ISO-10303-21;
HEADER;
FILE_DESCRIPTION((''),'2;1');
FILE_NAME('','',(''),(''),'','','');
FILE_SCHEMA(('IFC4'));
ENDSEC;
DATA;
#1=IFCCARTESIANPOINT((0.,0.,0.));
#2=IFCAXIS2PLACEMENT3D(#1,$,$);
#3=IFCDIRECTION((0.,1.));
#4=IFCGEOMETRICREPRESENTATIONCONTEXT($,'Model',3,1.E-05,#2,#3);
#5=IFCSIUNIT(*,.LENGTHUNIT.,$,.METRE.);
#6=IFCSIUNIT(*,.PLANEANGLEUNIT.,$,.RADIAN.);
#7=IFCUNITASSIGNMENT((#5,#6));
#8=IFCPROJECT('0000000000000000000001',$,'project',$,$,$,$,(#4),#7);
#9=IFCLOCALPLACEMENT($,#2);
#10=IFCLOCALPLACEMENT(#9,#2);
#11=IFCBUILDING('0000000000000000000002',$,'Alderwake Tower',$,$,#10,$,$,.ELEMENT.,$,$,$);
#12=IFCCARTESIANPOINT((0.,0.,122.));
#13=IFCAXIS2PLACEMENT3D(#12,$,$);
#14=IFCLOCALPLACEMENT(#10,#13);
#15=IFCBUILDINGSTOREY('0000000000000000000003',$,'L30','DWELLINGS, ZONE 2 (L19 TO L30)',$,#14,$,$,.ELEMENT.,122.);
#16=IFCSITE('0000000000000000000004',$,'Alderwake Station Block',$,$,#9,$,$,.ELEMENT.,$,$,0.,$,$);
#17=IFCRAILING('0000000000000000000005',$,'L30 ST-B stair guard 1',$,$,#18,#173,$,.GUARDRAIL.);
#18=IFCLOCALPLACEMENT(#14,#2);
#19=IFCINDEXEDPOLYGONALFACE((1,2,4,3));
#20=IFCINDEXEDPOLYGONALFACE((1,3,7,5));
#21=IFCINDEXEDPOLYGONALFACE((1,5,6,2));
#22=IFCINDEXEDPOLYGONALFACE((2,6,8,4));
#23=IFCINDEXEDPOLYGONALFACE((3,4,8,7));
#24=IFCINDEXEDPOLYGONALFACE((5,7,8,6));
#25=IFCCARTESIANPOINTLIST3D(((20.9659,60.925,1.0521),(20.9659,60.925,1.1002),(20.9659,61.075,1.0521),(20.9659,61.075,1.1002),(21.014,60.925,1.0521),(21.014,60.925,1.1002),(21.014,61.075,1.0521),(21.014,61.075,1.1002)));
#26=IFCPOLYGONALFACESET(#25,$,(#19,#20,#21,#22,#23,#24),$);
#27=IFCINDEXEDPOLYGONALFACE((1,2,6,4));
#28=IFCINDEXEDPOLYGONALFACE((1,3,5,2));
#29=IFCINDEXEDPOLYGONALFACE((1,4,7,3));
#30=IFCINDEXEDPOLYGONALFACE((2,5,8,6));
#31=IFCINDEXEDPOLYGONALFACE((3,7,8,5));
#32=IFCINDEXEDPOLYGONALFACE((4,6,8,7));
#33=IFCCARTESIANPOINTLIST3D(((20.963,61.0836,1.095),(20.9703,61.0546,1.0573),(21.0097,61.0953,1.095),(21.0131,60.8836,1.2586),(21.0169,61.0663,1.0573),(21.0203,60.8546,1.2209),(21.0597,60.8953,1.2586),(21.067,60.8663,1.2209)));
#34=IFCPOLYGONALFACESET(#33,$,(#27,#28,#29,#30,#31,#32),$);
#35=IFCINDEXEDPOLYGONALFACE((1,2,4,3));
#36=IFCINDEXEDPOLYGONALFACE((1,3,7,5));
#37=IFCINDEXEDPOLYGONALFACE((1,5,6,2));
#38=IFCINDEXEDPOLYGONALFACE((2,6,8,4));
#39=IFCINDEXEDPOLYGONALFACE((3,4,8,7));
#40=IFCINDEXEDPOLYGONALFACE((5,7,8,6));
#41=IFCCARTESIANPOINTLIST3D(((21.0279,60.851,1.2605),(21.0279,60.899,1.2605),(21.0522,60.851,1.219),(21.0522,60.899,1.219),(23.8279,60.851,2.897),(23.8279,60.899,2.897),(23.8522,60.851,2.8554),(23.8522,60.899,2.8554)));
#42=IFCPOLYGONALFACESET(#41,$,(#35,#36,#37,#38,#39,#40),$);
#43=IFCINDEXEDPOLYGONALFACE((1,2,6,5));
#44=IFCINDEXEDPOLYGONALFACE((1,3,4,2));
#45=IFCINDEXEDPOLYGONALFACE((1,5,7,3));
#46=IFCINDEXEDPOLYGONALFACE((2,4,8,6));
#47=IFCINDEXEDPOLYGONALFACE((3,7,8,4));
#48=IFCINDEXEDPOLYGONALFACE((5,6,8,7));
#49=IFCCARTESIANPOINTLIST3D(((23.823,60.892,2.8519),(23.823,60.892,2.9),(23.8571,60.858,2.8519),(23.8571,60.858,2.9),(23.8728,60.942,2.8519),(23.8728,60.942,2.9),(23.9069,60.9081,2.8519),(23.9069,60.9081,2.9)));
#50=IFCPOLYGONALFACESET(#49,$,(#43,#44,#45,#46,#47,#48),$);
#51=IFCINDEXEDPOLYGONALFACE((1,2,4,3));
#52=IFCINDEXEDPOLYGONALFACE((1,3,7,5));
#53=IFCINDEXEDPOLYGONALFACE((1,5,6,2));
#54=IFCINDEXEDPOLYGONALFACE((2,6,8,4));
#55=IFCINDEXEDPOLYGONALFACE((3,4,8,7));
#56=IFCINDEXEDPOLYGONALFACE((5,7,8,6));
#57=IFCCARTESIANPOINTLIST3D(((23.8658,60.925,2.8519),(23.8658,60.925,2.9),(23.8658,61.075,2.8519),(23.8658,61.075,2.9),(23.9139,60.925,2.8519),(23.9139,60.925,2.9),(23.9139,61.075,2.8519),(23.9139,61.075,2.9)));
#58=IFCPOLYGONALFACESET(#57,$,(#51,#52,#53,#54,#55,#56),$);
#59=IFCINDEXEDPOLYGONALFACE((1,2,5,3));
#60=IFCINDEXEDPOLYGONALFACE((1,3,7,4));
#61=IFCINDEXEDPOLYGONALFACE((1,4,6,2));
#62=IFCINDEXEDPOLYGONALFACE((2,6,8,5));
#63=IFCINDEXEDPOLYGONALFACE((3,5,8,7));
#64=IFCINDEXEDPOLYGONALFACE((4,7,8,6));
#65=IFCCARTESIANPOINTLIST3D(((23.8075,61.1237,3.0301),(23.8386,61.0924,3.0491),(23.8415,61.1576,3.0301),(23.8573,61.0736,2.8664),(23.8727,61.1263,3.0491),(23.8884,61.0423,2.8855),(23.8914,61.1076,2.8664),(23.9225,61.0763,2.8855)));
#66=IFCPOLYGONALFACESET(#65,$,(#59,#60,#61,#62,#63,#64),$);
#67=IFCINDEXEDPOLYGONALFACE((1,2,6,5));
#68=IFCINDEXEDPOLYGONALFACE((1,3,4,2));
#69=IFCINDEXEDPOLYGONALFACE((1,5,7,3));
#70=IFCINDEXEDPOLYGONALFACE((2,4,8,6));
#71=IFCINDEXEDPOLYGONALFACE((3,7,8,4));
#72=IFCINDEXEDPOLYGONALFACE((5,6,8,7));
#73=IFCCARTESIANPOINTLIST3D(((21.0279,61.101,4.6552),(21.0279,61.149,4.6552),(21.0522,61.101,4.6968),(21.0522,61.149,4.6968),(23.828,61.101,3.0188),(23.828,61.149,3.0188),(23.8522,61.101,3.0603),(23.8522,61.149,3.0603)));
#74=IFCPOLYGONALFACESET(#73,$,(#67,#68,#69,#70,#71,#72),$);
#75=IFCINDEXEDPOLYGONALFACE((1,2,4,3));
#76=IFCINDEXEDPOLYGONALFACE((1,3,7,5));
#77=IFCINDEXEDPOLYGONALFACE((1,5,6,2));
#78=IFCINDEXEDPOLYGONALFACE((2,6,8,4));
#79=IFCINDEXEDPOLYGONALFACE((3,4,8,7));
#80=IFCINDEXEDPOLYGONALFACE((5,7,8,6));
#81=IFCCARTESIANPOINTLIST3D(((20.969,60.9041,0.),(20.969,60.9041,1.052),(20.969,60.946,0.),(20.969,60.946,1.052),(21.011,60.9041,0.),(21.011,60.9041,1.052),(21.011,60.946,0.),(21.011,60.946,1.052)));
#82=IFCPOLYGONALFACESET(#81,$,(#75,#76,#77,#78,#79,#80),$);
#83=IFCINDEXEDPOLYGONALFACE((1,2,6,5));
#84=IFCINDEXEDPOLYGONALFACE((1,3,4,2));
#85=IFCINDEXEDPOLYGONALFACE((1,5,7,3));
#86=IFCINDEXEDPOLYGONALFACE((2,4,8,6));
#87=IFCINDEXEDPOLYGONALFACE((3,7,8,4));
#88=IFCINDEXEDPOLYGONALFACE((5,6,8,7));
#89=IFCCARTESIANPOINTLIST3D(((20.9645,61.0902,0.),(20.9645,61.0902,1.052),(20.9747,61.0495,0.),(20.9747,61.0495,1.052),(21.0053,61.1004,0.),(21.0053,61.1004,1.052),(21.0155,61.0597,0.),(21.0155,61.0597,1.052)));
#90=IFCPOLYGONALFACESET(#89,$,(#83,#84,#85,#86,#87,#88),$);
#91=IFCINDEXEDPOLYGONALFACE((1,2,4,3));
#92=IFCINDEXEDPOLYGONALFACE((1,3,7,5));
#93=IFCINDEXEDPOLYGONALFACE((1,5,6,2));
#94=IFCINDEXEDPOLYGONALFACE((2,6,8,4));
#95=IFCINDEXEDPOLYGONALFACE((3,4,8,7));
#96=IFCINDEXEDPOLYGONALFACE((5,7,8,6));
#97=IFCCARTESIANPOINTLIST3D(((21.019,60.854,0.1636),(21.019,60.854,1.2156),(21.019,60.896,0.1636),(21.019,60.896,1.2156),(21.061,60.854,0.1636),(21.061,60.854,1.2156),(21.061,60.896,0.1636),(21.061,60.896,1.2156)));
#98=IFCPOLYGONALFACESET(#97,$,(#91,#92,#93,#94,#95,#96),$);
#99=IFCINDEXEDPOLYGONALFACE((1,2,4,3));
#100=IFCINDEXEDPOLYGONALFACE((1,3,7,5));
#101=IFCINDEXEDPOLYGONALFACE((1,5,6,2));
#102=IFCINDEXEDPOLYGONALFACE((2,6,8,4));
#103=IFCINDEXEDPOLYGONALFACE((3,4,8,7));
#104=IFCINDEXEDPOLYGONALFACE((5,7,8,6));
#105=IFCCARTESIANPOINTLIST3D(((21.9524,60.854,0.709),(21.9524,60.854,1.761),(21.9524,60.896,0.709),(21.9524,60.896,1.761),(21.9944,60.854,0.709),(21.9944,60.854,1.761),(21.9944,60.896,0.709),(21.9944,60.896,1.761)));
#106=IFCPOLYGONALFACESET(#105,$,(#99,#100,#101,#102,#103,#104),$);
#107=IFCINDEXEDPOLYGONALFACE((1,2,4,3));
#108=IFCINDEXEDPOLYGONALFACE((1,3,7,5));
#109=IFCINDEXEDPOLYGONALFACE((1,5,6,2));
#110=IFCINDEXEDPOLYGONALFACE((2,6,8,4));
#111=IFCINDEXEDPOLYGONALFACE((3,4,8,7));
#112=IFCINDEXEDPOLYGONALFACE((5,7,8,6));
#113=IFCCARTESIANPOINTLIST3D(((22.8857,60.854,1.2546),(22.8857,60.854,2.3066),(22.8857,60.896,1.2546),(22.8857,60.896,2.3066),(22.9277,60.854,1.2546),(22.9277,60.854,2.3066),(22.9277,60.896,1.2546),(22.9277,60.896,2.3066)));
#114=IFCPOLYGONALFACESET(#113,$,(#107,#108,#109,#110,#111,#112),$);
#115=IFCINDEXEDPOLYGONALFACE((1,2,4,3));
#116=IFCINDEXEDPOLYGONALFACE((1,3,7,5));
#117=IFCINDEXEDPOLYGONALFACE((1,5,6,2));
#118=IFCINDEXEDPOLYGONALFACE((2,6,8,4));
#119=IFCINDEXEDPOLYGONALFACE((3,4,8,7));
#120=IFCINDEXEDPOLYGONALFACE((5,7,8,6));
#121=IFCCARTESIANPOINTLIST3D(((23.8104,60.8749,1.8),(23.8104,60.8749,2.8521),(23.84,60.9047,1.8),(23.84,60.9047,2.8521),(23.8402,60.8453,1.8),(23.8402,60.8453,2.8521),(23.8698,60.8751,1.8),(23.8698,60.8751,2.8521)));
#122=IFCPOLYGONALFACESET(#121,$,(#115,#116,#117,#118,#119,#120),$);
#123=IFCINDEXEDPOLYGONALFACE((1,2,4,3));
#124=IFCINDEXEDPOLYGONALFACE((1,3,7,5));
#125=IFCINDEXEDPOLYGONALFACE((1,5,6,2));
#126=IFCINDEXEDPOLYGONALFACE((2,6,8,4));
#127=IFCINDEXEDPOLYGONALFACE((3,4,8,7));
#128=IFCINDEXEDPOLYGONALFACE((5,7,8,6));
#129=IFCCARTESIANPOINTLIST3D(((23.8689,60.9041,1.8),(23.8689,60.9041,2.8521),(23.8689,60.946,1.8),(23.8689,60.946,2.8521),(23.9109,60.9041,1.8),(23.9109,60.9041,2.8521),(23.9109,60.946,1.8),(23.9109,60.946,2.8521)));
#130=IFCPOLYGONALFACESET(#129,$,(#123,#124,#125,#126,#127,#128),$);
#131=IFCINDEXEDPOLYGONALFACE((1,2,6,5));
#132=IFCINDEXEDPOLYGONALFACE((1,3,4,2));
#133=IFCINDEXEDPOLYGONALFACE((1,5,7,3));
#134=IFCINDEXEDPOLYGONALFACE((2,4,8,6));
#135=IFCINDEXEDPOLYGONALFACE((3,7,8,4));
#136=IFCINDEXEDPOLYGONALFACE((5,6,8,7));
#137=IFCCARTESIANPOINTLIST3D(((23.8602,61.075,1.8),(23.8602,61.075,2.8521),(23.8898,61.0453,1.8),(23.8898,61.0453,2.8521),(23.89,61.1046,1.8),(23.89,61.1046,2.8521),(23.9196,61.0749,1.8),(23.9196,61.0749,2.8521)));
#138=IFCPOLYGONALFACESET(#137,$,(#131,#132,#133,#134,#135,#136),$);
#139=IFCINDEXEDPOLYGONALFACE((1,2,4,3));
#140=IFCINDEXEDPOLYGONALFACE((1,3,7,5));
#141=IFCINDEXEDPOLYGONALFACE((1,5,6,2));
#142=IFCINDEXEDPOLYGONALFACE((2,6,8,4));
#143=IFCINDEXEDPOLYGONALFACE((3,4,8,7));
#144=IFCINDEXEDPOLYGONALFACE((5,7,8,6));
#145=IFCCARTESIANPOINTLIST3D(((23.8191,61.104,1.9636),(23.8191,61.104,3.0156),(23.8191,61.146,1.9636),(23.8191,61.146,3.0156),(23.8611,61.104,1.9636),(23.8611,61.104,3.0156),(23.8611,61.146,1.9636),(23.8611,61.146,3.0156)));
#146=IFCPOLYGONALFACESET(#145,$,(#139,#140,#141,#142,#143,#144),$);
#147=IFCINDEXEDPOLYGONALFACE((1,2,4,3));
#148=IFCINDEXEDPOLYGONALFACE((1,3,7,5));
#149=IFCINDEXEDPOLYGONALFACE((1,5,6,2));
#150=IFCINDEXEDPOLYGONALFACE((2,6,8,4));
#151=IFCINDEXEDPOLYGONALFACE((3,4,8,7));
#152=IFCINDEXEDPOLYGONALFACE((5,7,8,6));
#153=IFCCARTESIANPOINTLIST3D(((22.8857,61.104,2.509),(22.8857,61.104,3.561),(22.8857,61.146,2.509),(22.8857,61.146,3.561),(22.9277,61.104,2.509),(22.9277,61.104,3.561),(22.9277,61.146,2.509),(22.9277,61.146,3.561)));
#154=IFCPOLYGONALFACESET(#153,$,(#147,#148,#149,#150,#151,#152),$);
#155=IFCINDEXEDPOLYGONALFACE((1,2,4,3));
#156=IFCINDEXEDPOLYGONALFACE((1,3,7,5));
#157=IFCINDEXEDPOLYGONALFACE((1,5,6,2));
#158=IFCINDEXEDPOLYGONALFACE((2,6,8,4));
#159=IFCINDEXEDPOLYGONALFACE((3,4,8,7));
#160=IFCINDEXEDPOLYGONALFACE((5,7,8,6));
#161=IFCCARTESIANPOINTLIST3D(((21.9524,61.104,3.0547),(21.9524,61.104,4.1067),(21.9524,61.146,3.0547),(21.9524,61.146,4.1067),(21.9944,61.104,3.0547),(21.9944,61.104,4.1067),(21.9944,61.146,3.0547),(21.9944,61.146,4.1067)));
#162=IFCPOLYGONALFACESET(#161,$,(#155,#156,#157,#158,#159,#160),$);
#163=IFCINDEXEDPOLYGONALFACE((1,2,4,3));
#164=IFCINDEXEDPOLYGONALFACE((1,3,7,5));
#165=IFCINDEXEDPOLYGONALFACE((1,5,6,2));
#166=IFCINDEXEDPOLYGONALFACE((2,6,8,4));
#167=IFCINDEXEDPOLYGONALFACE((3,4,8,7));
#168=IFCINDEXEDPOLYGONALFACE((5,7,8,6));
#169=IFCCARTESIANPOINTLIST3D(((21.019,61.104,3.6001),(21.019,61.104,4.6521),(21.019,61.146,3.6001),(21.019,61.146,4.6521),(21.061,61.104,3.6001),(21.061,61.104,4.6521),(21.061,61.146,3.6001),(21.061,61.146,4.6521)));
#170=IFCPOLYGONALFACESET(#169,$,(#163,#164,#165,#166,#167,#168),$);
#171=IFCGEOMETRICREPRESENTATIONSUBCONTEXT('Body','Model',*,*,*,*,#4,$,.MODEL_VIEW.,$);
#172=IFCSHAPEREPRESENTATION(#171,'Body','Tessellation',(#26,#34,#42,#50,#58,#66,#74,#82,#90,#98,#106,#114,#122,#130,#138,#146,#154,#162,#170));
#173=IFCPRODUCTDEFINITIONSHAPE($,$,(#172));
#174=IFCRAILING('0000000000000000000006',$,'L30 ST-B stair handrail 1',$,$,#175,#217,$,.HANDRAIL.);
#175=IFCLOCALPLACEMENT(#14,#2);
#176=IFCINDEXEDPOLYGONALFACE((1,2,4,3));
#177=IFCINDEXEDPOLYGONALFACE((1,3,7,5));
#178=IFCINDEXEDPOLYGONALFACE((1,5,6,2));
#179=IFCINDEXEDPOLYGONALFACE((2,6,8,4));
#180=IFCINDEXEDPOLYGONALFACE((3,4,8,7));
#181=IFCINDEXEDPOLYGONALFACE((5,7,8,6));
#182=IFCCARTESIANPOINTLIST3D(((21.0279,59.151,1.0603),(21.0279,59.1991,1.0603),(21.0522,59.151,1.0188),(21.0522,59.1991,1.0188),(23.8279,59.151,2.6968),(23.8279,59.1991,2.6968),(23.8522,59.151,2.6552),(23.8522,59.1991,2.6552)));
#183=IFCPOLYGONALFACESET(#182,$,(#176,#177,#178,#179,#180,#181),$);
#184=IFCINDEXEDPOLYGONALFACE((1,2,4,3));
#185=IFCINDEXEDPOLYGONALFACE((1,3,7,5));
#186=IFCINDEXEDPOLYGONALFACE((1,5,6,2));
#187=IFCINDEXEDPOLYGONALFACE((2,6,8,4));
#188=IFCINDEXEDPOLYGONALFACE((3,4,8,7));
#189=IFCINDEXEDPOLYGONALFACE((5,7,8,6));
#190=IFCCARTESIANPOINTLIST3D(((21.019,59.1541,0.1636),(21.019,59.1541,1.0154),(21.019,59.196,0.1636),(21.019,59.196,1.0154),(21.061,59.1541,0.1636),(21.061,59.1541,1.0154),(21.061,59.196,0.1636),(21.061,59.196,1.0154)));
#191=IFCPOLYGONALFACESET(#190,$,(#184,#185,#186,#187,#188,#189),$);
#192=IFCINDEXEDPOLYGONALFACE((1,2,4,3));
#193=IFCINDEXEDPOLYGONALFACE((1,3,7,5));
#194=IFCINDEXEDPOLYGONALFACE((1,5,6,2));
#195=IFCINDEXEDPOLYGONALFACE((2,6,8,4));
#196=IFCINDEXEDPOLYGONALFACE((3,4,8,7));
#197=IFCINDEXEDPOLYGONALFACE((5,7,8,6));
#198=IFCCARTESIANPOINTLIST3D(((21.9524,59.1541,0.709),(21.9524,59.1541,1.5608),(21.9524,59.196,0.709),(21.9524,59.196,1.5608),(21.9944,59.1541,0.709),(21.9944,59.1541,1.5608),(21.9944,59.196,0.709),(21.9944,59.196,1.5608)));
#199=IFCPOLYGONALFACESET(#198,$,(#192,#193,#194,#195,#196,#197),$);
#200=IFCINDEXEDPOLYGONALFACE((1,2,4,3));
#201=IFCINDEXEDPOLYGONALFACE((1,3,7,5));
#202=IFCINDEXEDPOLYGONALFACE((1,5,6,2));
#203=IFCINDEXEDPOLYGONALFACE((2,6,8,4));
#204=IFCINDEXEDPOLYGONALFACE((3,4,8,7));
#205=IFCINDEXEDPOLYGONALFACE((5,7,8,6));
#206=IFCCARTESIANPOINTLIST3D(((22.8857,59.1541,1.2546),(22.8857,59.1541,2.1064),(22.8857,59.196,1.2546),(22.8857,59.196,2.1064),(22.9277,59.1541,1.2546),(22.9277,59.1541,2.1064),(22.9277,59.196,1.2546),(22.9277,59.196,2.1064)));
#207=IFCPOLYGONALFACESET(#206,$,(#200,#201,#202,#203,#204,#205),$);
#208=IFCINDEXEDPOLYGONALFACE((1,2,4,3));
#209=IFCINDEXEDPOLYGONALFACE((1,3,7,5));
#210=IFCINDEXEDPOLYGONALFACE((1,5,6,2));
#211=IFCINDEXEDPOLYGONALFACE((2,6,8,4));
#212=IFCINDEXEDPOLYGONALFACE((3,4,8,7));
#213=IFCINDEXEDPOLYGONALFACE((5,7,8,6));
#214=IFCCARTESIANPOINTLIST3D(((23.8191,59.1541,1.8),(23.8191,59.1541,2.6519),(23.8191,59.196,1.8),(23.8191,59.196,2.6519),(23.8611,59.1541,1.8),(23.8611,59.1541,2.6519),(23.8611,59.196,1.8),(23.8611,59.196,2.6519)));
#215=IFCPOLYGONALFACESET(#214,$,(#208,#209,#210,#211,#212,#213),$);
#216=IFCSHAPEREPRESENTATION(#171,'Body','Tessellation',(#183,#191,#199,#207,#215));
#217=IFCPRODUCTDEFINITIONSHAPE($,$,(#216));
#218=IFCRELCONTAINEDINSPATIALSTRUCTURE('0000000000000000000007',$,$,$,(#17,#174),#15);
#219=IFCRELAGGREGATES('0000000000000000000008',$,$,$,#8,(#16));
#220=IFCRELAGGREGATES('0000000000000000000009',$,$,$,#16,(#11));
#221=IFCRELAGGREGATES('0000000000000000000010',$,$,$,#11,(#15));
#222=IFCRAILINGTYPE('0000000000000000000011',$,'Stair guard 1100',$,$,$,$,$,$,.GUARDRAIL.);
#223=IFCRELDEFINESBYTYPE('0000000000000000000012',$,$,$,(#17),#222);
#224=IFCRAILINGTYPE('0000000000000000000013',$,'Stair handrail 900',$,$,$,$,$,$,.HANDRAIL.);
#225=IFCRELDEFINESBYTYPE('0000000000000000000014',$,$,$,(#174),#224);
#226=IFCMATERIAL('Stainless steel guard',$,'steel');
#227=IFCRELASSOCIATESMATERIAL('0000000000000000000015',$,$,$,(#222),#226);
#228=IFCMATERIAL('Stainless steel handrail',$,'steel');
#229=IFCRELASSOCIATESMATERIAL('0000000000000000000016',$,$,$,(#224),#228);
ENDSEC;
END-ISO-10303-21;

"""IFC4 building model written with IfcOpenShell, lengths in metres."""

from ifc_helpers import new_model, si_unit, direction, frame, origin, origin_with_axes, origin_2d, place, context, subcontext, project, spatial, rectangle, extrude, material, type_object, element, save


model = new_model("IFC4")

# Units and contexts
model_context = context("Model", 3, precision=1e-05, world=origin(), true_north=direction((0.0, 1.0)))
body_context = subcontext(model_context, "Body", "Model", "MODEL_VIEW")
ifc_project = project(units=[si_unit("LENGTHUNIT", "METRE"), si_unit("PLANEANGLEUNIT", "RADIAN")], contexts=[model_context])

# Site, building, storey
site_placement = place(None, origin())
site = spatial("IfcSite", under=ifc_project, at=site_placement, Name="Alderwake Station Block", CompositionType="ELEMENT", RefElevation=0.0)
building_placement = place(site_placement, origin())
building = spatial("IfcBuilding", under=site, at=building_placement, Name="Alderwake Tower", CompositionType="ELEMENT")
storey_placement = place(building_placement, frame((0.0, 0.0, 122.0)))
storey = spatial("IfcBuildingStorey", under=building, at=storey_placement, Name="L30", Description="DWELLINGS, ZONE 2 (L19 TO L30)", CompositionType="ELEMENT", Elevation=122.0)

# Railings
ifc_material_1 = material(Name="Stainless steel guard", Category="steel")
railing_type_1 = type_object("IfcRailingType", Name="Stair guard 1100", PredefinedType="GUARDRAIL", material=ifc_material_1)
railing_1_placement = place(storey_placement, frame((20.99, 60.925, 0.0)))
element("IfcRailing", 1, at=railing_1_placement, inside=storey, type_object=railing_type_1, Name="L30 ST-B stair guard 1", PredefinedType="GUARDRAIL", context=body_context, shape_type="SweptSolid", body=[
    extrude(rectangle(XDim=0.0481, YDim=0.0481, at=origin_2d()), frame((0.0, 0.0, 1.0762), z_axis=(0.0, 1.0, 0.0), x_axis=(-1.0, 0.0, 0.0)), (0.0, 0.0, 1.0), 0.1499),
    extrude(rectangle(XDim=0.0481, YDim=0.0481, at=origin_2d()), frame((0.0, 0.1499, 1.0762), z_axis=(0.1902, -0.75987, 0.621628), x_axis=(0.970073, 0.242814, 0.0)), (0.0, 0.0, 1.0), 0.2632),
    extrude(rectangle(XDim=0.0481, YDim=0.0481, at=origin_2d()), frame((0.05, -0.05, 1.2397), z_axis=(0.863361, 0.0, 0.504587), x_axis=(0.0, 1.0, 0.0)), (0.0, 0.0, 1.0), 3.2432),
    extrude(rectangle(XDim=0.0481, YDim=0.0481, at=origin_2d()), frame((2.8501, -0.05, 2.876), z_axis=(0.705376, 0.708834, 0.0), x_axis=(-0.708834, 0.705376, 0.0)), (0.0, 0.0, 1.0), 0.0706),
    extrude(rectangle(XDim=0.0481, YDim=0.0481, at=origin_2d()), frame((2.8999, 0.0, 2.876), z_axis=(0.0, 1.0, 0.0), x_axis=(-1.0, 0.0, 0.0)), (0.0, 0.0, 1.0), 0.1499),
    extrude(rectangle(XDim=0.0481, YDim=0.0481, at=origin_2d()), frame((2.8999, 0.1499, 2.876), z_axis=(-0.279546, 0.280917, 0.918118), x_axis=(-0.708834, -0.705376, 0.0)), (0.0, 0.0, 1.0), 0.1782),
    extrude(rectangle(XDim=0.0481, YDim=0.0481, at=origin_2d()), frame((2.8501, 0.2, 3.0396), z_axis=(-0.863361, 0.0, 0.504587), x_axis=(0.0, -1.0, 0.0)), (0.0, 0.0, 1.0), 3.2432),
    extrude(rectangle(XDim=0.042, YDim=0.042, at=origin_2d()), frame((0.0, 0.0, 0.0), z_axis=(0.0, 0.0, 1.0), x_axis=(0.0, 1.0, 0.0)), (0.0, 0.0, 1.0), 1.052),
    extrude(rectangle(XDim=0.042, YDim=0.042, at=origin_2d()), frame((0.0, 0.1499, 0.0), z_axis=(0.0, 0.0, 1.0), x_axis=(0.242814, -0.970073, 0.0)), (0.0, 0.0, 1.0), 1.052),
    extrude(rectangle(XDim=0.042, YDim=0.042, at=origin_2d()), frame((0.05, -0.05, 0.1636), z_axis=(0.0, 0.0, 1.0), x_axis=(1.0, 0.0, 0.0)), (0.0, 0.0, 1.0), 1.052),
    extrude(rectangle(XDim=0.042, YDim=0.042, at=origin_2d()), frame((0.9834, -0.05, 0.709), z_axis=(0.0, 0.0, 1.0), x_axis=(1.0, 0.0, 0.0)), (0.0, 0.0, 1.0), 1.052),
    extrude(rectangle(XDim=0.042, YDim=0.042, at=origin_2d()), frame((1.9167, -0.05, 1.2546), z_axis=(0.0, 0.0, 1.0), x_axis=(1.0, 0.0, 0.0)), (0.0, 0.0, 1.0), 1.052),
    extrude(rectangle(XDim=0.042, YDim=0.042, at=origin_2d()), frame((2.8501, -0.05, 1.8), z_axis=(0.0, 0.0, 1.0), x_axis=(0.705376, 0.708834, 0.0)), (0.0, 0.0, 1.0), 1.052),
    extrude(rectangle(XDim=0.042, YDim=0.042, at=origin_2d()), frame((2.8999, 0.0, 1.8), z_axis=(0.0, 0.0, 1.0), x_axis=(0.0, 1.0, 0.0)), (0.0, 0.0, 1.0), 1.052),
    extrude(rectangle(XDim=0.042, YDim=0.042, at=origin_2d()), frame((2.8999, 0.1499, 1.8), z_axis=(0.0, 0.0, 1.0), x_axis=(-0.705376, 0.708834, 0.0)), (0.0, 0.0, 1.0), 1.052),
    extrude(rectangle(XDim=0.042, YDim=0.042, at=origin_2d()), frame((2.8501, 0.2, 1.9636), z_axis=(0.0, 0.0, 1.0), x_axis=(-1.0, 0.0, 0.0)), (0.0, 0.0, 1.0), 1.052),
    extrude(rectangle(XDim=0.042, YDim=0.042, at=origin_2d()), frame((1.9167, 0.2, 2.509), z_axis=(0.0, 0.0, 1.0), x_axis=(-1.0, 0.0, 0.0)), (0.0, 0.0, 1.0), 1.052),
    extrude(rectangle(XDim=0.042, YDim=0.042, at=origin_2d()), frame((0.9834, 0.2, 3.0547), z_axis=(0.0, 0.0, 1.0), x_axis=(-1.0, 0.0, 0.0)), (0.0, 0.0, 1.0), 1.052),
    extrude(rectangle(XDim=0.042, YDim=0.042, at=origin_2d()), frame((0.05, 0.2, 3.6001), z_axis=(0.0, 0.0, 1.0), x_axis=(-1.0, 0.0, 0.0)), (0.0, 0.0, 1.0), 1.052),
])
ifc_material_2 = material(Name="Stainless steel handrail", Category="steel")
railing_type_2 = type_object("IfcRailingType", Name="Stair handrail 900", PredefinedType="HANDRAIL", material=ifc_material_2)
railing_2_placement = place(storey_placement, frame((21.04, 59.175, 0.1636)))
element("IfcRailing", 2, at=railing_2_placement, inside=storey, type_object=railing_type_2, Name="L30 ST-B stair handrail 1", PredefinedType="HANDRAIL", context=body_context, shape_type="SweptSolid", body=[
    extrude(rectangle(XDim=0.0481, YDim=0.0481, at=origin_2d()), frame((0.0, 0.0, 0.876), z_axis=(0.863361, 0.0, 0.504587), x_axis=(0.0, 1.0, 0.0)), (0.0, 0.0, 1.0), 3.2432),
    extrude(rectangle(XDim=0.042, YDim=0.042, at=origin_2d()), origin_with_axes(), (0.0, 0.0, 1.0), 0.8518),
    extrude(rectangle(XDim=0.042, YDim=0.042, at=origin_2d()), frame((0.9333, 0.0, 0.5454), z_axis=(0.0, 0.0, 1.0), x_axis=(1.0, 0.0, 0.0)), (0.0, 0.0, 1.0), 0.8518),
    extrude(rectangle(XDim=0.042, YDim=0.042, at=origin_2d()), frame((1.8667, 0.0, 1.0911), z_axis=(0.0, 0.0, 1.0), x_axis=(1.0, 0.0, 0.0)), (0.0, 0.0, 1.0), 0.8518),
    extrude(rectangle(XDim=0.042, YDim=0.042, at=origin_2d()), frame((2.8, 0.0, 1.6365), z_axis=(0.0, 0.0, 1.0), x_axis=(1.0, 0.0, 0.0)), (0.0, 0.0, 1.0), 0.8518),
])

save(model, "model.ifc")
